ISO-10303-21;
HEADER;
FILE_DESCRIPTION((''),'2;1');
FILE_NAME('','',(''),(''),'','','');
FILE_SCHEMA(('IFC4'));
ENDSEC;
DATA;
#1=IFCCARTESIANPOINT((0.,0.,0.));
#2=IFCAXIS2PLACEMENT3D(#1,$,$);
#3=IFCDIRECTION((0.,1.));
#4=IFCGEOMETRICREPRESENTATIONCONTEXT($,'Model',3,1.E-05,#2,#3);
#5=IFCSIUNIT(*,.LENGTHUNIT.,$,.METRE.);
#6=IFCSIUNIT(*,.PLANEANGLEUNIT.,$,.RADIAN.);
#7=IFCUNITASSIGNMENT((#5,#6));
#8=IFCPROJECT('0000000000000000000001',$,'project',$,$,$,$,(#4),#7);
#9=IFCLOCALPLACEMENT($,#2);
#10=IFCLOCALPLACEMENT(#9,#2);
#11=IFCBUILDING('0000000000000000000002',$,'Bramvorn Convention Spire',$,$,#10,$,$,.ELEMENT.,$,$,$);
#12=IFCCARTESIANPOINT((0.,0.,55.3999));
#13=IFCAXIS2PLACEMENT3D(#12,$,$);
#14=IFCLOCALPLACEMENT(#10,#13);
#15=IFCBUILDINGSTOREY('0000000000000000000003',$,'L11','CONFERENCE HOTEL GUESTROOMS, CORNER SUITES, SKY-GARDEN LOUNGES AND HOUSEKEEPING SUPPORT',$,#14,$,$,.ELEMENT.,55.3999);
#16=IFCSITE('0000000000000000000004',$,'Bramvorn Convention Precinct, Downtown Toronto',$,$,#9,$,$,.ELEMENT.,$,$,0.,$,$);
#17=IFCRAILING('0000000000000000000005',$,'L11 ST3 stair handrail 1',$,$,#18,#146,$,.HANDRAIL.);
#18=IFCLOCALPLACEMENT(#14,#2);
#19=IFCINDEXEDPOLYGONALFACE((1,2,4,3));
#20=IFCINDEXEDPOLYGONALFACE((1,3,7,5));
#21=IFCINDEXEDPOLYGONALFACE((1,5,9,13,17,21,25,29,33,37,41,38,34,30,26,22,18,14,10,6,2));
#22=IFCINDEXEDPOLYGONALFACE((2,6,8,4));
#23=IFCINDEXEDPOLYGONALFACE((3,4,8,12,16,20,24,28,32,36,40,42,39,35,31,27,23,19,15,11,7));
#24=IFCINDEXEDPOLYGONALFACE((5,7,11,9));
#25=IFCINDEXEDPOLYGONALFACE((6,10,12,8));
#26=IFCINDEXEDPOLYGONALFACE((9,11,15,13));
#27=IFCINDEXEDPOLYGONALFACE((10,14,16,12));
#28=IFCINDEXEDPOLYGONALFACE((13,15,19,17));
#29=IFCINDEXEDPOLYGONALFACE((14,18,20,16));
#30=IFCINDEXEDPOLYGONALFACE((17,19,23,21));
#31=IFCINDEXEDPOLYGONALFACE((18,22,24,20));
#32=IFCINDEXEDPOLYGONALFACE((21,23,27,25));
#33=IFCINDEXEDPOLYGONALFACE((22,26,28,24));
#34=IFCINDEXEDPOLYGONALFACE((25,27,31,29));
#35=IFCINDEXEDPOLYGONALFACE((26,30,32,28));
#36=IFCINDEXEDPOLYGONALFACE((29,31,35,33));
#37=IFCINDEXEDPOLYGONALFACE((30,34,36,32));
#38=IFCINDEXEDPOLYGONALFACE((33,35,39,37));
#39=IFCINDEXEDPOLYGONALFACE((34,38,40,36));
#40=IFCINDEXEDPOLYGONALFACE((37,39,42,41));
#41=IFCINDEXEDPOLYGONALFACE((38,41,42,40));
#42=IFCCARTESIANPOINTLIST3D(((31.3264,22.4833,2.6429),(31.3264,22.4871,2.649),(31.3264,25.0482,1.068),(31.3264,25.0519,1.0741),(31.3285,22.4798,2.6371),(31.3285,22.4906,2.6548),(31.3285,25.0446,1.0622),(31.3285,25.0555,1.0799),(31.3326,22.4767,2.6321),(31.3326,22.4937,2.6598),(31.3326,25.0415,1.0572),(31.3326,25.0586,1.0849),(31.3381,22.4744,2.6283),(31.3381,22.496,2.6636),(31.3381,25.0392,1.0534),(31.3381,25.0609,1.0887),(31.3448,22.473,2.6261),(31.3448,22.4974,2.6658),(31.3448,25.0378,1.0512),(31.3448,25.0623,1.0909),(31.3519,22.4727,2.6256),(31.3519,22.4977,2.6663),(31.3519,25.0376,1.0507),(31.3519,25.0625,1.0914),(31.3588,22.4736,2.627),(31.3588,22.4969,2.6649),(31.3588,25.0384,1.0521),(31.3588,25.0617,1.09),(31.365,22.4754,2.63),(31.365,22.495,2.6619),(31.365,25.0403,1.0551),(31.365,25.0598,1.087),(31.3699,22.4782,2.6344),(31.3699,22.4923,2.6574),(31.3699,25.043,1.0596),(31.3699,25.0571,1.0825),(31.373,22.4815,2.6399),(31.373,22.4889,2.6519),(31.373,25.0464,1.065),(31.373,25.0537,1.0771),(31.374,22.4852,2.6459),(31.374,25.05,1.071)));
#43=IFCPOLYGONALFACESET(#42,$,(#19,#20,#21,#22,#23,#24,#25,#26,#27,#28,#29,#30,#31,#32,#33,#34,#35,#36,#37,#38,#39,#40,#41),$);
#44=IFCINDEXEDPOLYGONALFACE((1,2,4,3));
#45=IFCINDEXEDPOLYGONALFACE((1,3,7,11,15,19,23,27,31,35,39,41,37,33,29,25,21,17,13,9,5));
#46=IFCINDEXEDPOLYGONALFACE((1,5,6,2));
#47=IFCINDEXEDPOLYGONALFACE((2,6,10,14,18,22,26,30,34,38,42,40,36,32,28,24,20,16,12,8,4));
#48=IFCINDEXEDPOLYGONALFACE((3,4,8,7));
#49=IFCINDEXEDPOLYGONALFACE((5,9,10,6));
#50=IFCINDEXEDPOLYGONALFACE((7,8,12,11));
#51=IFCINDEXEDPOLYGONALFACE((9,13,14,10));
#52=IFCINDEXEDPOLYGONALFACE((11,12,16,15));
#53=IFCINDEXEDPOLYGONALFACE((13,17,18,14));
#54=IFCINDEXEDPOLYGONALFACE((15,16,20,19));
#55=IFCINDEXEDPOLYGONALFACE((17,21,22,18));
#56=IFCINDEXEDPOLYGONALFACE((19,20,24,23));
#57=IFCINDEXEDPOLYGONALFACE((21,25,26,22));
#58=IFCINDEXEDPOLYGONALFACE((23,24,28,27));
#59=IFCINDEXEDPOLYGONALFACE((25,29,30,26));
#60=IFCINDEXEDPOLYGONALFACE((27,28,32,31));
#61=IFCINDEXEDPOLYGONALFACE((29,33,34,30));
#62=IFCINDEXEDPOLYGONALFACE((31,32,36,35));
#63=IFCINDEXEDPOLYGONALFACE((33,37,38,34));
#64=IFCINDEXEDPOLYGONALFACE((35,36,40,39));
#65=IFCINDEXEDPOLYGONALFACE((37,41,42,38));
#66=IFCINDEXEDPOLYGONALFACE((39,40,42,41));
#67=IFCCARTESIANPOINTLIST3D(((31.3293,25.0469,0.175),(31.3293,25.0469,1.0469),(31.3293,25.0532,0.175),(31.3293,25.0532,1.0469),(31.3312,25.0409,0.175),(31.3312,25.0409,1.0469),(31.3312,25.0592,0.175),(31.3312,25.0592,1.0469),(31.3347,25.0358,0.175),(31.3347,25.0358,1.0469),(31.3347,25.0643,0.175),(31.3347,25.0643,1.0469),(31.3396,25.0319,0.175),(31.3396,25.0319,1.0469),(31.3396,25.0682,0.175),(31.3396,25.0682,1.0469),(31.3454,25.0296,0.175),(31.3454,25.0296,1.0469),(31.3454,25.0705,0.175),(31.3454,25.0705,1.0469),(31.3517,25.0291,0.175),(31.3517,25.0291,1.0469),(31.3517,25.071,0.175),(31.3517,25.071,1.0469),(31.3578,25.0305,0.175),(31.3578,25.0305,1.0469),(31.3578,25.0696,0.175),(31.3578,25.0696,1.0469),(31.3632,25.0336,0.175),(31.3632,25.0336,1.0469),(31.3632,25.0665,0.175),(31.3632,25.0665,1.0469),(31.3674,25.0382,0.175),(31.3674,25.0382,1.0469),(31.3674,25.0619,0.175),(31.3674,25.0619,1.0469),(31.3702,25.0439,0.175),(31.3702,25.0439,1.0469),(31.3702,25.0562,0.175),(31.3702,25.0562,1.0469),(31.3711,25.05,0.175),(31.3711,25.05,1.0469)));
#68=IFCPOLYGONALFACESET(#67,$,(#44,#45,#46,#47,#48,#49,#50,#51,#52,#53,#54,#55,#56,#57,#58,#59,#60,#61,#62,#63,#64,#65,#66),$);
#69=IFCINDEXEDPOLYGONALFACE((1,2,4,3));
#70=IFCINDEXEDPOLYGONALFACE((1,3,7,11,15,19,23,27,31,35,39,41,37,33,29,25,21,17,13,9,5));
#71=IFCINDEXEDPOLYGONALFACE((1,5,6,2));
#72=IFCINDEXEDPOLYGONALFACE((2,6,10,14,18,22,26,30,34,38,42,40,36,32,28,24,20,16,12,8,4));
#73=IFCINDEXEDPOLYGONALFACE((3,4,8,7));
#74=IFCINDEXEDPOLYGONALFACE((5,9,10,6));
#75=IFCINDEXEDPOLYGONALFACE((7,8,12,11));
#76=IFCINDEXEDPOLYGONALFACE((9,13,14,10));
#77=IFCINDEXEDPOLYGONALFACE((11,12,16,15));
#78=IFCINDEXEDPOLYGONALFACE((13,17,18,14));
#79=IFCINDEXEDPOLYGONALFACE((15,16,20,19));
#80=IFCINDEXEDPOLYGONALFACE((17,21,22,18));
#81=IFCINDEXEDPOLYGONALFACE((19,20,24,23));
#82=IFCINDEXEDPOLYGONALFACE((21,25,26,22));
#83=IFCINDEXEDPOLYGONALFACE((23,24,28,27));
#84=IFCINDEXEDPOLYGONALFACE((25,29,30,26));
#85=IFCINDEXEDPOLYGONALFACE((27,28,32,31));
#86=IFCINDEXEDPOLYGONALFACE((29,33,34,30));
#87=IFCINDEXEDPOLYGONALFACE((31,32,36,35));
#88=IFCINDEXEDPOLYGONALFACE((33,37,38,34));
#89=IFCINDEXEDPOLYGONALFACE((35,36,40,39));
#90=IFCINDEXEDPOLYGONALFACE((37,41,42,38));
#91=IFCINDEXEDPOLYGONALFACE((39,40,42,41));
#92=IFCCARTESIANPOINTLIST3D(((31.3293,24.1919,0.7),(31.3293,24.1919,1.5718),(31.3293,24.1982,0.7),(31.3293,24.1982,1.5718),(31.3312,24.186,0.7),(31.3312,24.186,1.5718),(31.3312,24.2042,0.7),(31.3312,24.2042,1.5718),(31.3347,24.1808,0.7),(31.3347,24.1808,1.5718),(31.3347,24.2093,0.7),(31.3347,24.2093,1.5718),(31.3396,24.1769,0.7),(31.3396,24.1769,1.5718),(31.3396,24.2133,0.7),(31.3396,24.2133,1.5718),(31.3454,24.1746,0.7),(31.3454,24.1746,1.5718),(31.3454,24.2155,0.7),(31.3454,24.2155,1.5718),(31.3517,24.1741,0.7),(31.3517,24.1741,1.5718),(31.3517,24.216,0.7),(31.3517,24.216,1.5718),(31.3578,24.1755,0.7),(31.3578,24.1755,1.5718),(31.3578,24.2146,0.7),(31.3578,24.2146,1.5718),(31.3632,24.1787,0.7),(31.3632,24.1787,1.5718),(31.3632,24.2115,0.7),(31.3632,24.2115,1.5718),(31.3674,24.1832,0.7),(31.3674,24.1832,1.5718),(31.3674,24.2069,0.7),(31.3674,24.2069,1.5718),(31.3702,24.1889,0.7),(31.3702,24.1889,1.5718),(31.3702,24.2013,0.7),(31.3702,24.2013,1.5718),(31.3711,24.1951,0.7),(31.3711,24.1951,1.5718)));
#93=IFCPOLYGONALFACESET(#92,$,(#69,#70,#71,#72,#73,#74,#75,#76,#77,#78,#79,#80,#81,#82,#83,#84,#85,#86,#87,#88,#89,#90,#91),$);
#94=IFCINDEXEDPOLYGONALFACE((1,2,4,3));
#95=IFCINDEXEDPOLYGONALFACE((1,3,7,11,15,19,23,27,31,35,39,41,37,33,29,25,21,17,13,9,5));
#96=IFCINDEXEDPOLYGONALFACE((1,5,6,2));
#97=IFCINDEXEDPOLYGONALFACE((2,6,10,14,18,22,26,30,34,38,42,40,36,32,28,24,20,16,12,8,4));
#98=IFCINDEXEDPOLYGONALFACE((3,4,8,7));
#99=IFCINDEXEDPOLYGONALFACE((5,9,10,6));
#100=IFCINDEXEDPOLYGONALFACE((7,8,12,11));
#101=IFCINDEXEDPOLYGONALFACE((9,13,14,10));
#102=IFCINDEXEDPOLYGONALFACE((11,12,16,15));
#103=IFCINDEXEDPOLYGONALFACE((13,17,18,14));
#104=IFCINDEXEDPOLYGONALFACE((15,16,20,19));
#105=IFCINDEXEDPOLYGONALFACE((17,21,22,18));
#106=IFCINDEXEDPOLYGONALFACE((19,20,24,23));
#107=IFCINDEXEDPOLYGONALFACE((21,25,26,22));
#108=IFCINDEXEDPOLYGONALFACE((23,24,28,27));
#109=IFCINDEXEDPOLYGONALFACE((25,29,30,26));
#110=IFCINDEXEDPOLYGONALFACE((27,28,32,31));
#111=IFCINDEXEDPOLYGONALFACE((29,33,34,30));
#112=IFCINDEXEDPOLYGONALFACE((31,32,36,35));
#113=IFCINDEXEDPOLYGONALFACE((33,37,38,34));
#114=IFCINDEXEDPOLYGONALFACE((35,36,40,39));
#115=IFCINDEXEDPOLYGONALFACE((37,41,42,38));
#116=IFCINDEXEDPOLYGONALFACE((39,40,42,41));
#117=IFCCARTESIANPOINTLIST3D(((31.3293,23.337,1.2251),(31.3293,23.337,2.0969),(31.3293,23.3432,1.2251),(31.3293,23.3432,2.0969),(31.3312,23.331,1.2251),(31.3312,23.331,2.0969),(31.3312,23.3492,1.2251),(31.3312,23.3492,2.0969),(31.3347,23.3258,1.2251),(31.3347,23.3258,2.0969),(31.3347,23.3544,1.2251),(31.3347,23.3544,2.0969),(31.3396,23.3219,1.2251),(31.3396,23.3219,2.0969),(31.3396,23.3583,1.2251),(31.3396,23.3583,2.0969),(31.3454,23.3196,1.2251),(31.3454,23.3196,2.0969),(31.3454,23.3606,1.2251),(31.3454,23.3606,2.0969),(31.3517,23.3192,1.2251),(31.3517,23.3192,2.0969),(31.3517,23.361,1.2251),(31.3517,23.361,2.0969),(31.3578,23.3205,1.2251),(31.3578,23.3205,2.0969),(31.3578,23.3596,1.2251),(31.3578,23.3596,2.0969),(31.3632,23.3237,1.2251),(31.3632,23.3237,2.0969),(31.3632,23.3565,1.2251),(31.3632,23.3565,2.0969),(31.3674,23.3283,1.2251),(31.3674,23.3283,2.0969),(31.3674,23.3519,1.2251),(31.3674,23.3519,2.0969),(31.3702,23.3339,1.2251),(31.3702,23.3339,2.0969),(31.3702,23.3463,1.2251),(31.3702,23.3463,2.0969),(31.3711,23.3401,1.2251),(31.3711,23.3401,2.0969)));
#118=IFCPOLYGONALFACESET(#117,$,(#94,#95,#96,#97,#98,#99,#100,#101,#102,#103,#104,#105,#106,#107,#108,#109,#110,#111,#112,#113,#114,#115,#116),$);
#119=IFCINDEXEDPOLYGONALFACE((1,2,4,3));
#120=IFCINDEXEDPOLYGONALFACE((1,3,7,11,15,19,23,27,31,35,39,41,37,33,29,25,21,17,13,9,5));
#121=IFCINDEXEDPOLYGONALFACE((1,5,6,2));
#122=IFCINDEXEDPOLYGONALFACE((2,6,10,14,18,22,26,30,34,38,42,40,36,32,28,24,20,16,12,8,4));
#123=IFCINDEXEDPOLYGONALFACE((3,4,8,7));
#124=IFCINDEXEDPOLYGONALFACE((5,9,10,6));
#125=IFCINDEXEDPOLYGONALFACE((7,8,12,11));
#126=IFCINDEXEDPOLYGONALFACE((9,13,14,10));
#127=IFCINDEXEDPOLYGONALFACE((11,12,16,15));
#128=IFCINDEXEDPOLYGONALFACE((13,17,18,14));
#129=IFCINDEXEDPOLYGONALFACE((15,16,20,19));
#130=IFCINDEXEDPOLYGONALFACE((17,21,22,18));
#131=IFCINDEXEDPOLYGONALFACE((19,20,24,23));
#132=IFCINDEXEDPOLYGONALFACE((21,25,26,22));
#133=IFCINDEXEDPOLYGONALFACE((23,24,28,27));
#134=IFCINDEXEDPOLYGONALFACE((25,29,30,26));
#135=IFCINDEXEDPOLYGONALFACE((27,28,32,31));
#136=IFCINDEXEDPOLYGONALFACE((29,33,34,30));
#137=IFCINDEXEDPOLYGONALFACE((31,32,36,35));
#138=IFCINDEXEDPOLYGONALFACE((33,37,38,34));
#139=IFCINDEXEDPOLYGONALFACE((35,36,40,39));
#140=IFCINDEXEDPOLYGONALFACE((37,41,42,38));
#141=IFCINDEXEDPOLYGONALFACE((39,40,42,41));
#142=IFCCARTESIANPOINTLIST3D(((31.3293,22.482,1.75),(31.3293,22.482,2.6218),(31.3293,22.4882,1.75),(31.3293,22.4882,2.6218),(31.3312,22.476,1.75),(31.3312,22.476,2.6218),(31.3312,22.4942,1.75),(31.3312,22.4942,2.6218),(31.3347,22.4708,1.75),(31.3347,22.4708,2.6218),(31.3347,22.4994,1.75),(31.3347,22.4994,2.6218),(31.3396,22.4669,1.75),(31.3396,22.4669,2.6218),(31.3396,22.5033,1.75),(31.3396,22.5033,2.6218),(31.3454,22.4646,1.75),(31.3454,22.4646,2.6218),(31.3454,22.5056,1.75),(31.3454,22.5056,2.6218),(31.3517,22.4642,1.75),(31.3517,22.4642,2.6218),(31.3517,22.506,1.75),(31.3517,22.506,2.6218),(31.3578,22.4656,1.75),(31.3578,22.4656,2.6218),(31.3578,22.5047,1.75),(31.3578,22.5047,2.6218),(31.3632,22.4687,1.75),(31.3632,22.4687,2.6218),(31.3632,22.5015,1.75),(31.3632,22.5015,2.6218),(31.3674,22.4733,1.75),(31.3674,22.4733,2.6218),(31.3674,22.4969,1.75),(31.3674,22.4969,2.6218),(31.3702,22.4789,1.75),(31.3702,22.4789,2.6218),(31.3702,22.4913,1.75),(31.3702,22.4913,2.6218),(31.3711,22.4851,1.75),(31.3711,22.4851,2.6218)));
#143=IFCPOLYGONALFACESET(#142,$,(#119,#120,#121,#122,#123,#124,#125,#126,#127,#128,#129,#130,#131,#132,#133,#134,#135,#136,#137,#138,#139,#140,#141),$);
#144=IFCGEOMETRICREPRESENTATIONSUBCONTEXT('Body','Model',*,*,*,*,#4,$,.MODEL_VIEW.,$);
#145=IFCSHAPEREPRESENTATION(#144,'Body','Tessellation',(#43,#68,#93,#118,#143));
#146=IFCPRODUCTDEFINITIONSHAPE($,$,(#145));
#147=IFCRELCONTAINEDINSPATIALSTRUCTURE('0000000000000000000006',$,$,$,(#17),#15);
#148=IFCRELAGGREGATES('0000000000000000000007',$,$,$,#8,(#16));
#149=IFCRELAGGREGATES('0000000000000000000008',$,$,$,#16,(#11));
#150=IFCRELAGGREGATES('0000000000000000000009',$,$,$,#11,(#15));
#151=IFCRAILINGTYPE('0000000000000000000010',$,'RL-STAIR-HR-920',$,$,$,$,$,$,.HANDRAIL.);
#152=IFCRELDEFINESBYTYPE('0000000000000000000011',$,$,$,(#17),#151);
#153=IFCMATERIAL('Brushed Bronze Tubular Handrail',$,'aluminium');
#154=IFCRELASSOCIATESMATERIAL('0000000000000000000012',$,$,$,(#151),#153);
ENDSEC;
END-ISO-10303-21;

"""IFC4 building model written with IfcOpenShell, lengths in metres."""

from ifc_helpers import new_model, si_unit, direction, frame, origin, origin_2d, place, context, subcontext, project, spatial, circle, extrude, material, type_object, element, save


model = new_model("IFC4")

# Units and contexts
model_context = context("Model", 3, precision=1e-05, world=origin(), true_north=direction((0.0, 1.0)))
body_context = subcontext(model_context, "Body", "Model", "MODEL_VIEW")
ifc_project = project(units=[si_unit("LENGTHUNIT", "METRE"), si_unit("PLANEANGLEUNIT", "RADIAN")], contexts=[model_context])

# Site, building, storey
site_placement = place(None, origin())
site = spatial("IfcSite", under=ifc_project, at=site_placement, Name="Bramvorn Convention Precinct, Downtown Toronto", CompositionType="ELEMENT", RefElevation=0.0)
building_placement = place(site_placement, origin())
building = spatial("IfcBuilding", under=site, at=building_placement, Name="Bramvorn Convention Spire", CompositionType="ELEMENT")
storey_placement = place(building_placement, frame((0.0, 0.0, 55.3999)))
storey = spatial("IfcBuildingStorey", under=building, at=storey_placement, Name="L11", Description="CONFERENCE HOTEL GUESTROOMS, CORNER SUITES, SKY-GARDEN LOUNGES AND HOUSEKEEPING SUPPORT", CompositionType="ELEMENT", Elevation=55.3999)

# Railing
ifc_material_1 = material(Name="Brushed Bronze Tubular Handrail", Category="aluminium")
railing_type_1 = type_object("IfcRailingType", Name="RL-STAIR-HR-920", PredefinedType="HANDRAIL", material=ifc_material_1)
railing_1_placement = place(storey_placement, frame((31.3501, 25.05, 0.175)))
element("IfcRailing", 1, at=railing_1_placement, inside=storey, type_object=railing_type_1, Name="L11 ST3 stair handrail 1", PredefinedType="HANDRAIL", context=body_context, shape_type="SweptSolid", body=[
    extrude(circle(Radius=0.0239, at=origin_2d()), frame((0.0, 0.0, 0.896), z_axis=(0.0, -0.852173, 0.52326), x_axis=(1.0, 0.0, 0.0)), (0.0, 0.0, 1.0), 3.0098),
    extrude(circle(Radius=0.021, at=origin_2d()), origin(), (0.0, 0.0, 1.0), 0.8718),
    extrude(circle(Radius=0.021, at=origin_2d()), frame((0.0, -0.855, 0.5249)), (0.0, 0.0, 1.0), 0.8718),
    extrude(circle(Radius=0.021, at=origin_2d()), frame((0.0, -1.71, 1.05)), (0.0, 0.0, 1.0), 0.8718),
    extrude(circle(Radius=0.021, at=origin_2d()), frame((0.0, -2.5649, 1.575)), (0.0, 0.0, 1.0), 0.8718),
])

save(model, "model.ifc")
